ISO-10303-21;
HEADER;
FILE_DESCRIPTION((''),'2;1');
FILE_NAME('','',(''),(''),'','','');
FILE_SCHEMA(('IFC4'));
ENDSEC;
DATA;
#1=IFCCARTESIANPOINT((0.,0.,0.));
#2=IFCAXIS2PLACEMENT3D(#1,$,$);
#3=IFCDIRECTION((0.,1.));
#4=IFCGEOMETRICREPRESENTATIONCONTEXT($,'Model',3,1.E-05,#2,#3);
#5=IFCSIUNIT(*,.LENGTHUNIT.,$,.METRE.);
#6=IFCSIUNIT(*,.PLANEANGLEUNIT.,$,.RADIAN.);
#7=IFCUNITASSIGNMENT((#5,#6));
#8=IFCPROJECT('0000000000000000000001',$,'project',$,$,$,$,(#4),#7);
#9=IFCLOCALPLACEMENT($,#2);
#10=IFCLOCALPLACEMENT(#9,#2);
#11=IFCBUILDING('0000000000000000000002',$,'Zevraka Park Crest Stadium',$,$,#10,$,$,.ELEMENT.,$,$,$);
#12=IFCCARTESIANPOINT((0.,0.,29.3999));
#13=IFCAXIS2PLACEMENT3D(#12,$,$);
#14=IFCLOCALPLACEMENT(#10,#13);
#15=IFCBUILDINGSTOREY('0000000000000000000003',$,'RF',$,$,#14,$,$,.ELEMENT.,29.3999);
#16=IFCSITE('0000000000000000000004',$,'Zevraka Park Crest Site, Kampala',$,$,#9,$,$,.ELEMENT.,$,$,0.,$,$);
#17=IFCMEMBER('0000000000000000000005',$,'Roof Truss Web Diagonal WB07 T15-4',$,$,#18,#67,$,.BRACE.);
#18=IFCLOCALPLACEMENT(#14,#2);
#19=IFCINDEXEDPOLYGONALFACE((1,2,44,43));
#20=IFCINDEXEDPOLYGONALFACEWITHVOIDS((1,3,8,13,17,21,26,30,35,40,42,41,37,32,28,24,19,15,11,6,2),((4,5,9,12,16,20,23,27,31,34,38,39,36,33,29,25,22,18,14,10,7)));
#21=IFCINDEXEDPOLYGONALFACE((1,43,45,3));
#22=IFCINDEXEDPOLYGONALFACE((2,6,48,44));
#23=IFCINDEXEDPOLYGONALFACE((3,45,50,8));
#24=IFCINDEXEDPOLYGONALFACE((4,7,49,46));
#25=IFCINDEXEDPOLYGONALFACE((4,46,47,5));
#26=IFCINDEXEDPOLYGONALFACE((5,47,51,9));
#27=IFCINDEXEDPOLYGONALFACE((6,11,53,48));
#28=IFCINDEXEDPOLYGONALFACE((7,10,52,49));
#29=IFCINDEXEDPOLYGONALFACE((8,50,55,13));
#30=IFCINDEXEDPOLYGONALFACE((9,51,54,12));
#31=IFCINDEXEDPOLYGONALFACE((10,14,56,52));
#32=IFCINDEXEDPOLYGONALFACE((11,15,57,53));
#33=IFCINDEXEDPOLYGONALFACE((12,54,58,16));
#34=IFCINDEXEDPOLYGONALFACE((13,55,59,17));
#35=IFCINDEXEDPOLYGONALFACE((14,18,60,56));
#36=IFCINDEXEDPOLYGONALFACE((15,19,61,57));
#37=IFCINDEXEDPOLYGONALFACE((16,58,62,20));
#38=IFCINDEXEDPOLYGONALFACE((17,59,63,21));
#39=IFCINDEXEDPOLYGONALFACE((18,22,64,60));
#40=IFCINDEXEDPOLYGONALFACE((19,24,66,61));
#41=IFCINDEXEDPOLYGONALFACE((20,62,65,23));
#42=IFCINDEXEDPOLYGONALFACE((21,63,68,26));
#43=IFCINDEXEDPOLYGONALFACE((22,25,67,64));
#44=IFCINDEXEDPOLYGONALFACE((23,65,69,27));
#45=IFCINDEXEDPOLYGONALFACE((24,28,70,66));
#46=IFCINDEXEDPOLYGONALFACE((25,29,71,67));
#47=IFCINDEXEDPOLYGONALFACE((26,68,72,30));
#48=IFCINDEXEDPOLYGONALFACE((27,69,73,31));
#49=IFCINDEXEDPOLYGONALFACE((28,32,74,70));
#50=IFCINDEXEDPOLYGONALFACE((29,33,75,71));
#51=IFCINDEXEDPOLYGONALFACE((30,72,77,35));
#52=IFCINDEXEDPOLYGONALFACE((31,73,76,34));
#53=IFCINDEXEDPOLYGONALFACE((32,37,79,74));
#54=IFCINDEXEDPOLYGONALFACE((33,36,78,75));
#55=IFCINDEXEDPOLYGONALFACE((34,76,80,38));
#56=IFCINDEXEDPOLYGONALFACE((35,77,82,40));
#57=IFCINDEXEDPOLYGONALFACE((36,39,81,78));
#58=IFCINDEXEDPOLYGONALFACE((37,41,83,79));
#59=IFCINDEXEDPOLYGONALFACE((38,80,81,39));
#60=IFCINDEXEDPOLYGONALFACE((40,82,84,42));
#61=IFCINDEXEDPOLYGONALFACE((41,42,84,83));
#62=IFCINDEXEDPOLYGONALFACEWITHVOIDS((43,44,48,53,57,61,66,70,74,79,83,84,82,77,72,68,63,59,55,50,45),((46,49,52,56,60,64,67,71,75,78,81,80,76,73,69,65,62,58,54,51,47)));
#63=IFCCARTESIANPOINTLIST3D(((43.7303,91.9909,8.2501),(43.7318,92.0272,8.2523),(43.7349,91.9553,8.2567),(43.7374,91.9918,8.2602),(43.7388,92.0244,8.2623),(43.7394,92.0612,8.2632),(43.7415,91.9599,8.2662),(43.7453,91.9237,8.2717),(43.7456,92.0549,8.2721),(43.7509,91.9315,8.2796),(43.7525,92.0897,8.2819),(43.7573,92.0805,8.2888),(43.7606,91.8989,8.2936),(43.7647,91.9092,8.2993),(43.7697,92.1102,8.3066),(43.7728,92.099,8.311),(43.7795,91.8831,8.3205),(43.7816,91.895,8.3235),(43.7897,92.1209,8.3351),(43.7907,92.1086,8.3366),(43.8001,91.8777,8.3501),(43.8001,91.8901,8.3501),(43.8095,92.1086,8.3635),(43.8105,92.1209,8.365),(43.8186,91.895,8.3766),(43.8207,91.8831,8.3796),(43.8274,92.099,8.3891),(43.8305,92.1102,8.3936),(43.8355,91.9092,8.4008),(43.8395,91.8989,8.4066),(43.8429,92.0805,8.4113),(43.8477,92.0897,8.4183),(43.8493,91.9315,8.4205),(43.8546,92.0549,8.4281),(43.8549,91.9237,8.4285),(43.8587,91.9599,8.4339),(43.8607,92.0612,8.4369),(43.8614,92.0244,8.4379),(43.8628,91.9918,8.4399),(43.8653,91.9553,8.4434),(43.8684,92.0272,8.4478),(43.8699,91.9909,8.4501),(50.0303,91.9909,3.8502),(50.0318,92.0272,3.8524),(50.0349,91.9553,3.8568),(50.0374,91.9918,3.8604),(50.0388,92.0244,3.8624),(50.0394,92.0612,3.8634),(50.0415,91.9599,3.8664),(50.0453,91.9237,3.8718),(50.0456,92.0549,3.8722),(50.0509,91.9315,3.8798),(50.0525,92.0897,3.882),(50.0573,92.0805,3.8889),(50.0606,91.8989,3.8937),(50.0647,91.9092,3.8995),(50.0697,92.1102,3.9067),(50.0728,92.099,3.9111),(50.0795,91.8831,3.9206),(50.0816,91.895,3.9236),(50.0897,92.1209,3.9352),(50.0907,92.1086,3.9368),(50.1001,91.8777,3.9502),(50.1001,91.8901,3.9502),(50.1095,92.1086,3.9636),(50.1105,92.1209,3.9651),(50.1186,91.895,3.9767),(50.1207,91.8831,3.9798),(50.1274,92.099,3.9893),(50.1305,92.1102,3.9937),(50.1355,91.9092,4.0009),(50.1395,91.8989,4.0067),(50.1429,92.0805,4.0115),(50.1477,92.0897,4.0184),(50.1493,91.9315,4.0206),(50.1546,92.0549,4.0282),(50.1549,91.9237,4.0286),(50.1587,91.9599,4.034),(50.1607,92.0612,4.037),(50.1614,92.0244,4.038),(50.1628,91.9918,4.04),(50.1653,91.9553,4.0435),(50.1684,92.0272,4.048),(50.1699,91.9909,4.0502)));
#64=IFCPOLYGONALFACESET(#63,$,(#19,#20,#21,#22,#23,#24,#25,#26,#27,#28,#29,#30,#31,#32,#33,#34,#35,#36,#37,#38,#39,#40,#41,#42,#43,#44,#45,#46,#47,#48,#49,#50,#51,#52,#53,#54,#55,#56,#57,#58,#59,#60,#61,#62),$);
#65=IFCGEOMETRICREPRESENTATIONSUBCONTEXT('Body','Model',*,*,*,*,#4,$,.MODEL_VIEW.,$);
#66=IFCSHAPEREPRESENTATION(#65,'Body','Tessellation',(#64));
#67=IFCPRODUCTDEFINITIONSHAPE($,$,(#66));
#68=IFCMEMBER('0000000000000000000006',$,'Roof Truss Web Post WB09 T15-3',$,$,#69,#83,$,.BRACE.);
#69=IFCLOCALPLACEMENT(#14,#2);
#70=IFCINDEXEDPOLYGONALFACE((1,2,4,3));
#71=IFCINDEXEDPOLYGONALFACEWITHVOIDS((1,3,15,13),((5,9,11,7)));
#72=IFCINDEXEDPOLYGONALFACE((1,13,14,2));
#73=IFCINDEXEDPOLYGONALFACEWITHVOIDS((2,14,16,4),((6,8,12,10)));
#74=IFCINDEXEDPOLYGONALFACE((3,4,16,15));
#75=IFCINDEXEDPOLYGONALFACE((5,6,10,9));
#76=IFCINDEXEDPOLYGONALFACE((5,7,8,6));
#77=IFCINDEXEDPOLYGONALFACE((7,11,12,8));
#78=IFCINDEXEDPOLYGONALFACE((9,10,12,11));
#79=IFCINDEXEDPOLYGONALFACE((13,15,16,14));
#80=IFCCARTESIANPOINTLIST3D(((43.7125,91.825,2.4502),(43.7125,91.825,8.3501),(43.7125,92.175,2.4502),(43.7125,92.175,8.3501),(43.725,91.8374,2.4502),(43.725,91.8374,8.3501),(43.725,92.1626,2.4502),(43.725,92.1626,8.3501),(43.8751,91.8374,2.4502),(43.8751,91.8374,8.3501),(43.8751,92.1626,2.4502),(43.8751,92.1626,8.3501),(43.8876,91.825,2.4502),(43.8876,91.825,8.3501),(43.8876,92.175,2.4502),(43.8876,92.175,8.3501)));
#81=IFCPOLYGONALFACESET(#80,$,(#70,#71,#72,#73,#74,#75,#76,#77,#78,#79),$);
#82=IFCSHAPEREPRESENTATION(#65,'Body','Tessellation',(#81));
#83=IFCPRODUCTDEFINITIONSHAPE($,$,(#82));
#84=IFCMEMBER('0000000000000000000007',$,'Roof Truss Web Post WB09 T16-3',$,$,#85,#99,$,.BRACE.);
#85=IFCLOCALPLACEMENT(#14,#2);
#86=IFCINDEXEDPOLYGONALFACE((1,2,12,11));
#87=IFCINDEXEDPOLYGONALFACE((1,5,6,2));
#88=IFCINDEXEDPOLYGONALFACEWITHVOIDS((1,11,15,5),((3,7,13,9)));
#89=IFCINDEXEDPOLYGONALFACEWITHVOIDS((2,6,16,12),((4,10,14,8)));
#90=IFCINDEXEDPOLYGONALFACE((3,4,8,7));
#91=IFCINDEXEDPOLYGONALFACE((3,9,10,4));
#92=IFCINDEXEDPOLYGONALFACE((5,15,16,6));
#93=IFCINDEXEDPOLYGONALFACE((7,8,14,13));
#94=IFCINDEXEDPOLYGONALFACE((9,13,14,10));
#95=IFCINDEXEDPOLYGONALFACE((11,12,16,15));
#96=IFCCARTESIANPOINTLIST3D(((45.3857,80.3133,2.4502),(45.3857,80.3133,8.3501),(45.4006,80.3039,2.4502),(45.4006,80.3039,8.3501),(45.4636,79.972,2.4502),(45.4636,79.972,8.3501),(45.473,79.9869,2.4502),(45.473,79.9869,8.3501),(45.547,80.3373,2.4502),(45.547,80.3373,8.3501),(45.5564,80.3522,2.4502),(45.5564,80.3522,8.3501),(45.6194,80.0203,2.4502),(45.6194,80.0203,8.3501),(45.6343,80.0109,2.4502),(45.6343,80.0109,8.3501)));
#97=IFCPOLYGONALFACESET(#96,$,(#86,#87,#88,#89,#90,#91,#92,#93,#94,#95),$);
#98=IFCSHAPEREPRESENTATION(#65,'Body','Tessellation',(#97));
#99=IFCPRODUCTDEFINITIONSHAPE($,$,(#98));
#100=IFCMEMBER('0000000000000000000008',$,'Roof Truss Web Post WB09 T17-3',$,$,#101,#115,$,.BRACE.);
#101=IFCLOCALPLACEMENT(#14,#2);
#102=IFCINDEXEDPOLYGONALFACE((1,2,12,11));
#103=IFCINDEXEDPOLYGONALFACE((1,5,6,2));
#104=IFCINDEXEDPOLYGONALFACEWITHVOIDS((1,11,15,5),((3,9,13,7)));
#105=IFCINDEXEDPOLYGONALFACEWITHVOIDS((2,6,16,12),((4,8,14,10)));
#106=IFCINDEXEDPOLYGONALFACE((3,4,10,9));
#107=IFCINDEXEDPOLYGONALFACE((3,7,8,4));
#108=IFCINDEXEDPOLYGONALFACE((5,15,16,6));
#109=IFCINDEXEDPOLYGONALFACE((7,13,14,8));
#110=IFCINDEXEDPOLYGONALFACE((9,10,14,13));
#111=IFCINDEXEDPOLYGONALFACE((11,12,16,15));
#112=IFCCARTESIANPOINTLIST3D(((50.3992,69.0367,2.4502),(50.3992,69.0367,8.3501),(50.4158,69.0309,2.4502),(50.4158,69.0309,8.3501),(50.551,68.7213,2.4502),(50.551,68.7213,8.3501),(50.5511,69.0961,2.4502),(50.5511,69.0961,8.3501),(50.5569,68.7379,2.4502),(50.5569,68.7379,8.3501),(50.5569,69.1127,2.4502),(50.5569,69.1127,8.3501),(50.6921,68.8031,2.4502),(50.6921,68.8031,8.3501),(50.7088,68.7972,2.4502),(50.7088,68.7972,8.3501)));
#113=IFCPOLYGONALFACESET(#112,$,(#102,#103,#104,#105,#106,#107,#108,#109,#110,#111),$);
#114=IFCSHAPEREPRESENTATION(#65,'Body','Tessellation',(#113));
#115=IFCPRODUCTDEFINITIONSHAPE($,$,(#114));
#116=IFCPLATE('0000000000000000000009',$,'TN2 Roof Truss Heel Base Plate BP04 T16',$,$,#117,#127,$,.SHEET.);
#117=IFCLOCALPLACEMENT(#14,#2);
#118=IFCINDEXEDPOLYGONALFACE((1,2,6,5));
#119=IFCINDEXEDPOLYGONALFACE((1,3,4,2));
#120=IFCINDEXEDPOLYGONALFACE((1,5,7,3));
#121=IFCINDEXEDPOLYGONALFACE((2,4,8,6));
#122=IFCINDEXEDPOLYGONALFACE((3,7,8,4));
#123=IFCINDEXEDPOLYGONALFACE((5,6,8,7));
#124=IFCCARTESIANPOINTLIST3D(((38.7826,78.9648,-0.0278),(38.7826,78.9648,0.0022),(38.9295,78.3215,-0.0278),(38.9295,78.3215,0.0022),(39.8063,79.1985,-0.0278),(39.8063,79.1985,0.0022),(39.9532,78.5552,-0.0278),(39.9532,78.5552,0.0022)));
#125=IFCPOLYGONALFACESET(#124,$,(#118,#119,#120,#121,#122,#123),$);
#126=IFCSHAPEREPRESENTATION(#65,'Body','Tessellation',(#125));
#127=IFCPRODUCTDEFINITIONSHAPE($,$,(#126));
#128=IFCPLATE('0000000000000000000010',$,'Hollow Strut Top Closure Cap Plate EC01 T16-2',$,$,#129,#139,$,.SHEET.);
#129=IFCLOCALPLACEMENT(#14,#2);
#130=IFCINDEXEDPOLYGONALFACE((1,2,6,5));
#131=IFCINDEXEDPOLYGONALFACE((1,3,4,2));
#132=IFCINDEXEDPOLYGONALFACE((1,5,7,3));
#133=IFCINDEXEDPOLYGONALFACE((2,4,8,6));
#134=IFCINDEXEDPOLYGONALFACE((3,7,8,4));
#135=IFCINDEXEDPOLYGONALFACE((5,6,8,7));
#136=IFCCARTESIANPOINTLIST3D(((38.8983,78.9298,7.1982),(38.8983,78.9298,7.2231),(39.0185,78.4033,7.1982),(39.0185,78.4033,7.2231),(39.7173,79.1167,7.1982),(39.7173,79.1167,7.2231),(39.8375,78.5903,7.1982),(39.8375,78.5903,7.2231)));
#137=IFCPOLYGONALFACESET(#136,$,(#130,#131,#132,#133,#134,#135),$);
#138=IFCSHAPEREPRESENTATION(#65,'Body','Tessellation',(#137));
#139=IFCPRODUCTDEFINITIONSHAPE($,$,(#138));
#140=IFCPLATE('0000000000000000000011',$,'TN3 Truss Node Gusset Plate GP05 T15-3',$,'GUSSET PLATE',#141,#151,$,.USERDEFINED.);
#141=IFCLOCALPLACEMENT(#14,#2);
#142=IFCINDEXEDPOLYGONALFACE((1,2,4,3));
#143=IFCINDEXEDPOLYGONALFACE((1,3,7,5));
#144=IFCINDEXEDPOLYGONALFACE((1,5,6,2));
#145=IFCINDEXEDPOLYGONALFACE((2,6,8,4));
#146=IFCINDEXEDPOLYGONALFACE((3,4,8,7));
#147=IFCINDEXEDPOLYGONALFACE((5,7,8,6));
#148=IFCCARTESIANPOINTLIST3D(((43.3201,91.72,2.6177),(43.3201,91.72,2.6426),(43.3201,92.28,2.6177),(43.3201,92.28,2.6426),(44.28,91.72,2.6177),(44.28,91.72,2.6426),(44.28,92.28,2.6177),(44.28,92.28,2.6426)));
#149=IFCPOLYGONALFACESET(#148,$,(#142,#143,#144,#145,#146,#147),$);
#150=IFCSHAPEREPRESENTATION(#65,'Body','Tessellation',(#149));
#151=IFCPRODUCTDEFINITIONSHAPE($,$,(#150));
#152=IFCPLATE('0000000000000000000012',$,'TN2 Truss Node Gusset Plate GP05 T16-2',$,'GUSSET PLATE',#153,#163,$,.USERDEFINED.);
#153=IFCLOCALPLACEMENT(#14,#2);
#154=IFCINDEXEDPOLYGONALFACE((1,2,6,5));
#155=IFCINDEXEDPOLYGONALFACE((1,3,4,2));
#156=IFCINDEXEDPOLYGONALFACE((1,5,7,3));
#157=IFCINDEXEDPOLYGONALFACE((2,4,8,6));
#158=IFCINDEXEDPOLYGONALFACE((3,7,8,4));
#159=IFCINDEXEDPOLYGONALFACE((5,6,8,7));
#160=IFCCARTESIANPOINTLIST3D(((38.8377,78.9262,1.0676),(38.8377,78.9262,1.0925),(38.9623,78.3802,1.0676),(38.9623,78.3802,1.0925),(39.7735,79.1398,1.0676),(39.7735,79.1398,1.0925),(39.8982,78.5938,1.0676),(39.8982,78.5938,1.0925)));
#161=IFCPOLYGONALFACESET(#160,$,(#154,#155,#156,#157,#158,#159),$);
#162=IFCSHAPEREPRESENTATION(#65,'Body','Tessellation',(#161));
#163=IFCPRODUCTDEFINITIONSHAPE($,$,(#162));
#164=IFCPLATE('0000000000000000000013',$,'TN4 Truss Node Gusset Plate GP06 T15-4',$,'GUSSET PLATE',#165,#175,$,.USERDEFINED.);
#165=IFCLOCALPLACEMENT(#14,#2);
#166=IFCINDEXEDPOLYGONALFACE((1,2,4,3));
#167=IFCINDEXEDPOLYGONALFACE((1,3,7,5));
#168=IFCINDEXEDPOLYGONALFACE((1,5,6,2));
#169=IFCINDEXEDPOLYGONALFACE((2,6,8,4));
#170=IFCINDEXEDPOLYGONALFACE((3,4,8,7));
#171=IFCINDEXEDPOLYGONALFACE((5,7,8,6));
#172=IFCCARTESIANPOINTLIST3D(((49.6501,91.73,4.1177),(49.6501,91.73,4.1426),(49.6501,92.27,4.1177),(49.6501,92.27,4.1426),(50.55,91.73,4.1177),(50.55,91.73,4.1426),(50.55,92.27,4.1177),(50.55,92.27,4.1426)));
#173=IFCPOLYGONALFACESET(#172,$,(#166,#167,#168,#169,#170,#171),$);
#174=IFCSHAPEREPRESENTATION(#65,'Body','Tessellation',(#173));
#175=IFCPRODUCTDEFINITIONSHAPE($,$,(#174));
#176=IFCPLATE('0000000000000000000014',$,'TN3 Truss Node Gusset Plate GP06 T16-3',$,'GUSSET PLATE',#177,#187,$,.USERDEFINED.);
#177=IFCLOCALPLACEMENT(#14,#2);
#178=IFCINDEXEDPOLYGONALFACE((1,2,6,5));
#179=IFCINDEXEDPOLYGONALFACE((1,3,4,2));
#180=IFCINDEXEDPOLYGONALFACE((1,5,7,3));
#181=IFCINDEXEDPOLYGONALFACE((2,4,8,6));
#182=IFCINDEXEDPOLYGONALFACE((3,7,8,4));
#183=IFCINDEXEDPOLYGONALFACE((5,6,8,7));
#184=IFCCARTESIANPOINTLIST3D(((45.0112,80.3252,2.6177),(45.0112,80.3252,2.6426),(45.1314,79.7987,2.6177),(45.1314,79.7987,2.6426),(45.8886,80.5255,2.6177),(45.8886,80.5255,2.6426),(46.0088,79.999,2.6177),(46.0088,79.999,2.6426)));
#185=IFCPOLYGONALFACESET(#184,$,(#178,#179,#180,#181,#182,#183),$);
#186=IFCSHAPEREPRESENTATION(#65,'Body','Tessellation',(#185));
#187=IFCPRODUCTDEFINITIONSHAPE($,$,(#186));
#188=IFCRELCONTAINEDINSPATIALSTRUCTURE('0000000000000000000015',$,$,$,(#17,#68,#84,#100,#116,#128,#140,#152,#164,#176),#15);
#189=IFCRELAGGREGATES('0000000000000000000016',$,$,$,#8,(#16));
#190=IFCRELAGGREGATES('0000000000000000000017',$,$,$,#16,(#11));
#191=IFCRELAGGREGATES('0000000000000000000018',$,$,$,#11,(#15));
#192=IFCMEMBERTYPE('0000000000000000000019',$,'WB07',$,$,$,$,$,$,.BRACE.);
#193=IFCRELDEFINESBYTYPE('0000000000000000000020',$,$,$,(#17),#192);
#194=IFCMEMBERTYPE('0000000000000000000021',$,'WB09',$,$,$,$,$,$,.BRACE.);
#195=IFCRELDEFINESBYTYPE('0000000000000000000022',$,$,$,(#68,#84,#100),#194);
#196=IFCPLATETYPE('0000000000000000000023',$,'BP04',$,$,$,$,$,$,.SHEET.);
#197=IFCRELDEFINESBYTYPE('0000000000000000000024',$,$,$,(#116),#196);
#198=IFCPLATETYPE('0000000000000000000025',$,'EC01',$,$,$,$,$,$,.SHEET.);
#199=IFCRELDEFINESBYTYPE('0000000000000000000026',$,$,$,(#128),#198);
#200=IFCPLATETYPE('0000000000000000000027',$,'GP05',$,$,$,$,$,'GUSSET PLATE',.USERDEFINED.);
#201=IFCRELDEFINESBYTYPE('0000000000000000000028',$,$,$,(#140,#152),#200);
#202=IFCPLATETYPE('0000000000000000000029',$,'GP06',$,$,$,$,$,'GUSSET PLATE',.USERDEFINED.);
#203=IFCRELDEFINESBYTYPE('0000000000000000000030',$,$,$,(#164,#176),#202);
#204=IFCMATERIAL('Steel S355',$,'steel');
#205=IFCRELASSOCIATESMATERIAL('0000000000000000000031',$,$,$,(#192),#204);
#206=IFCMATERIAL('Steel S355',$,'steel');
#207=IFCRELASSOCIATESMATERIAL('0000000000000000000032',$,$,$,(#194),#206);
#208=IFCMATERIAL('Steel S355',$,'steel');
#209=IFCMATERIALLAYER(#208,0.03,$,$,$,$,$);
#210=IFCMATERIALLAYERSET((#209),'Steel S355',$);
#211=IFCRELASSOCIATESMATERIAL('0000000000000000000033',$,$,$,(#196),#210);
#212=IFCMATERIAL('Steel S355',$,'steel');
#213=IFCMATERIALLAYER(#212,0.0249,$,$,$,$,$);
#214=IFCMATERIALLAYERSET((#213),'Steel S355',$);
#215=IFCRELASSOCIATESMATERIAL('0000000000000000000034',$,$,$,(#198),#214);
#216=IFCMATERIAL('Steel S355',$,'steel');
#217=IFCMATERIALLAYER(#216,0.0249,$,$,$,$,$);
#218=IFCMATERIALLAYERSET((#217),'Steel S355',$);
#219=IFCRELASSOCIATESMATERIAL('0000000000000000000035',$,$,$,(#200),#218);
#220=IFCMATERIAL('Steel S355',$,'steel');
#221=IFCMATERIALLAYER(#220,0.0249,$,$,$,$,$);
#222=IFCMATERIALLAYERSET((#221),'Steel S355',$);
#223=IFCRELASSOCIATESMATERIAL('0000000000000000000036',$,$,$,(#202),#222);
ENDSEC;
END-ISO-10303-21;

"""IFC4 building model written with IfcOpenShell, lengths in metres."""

from ifc_helpers import new_model, si_unit, direction, frame, origin, origin_2d, place, context, subcontext, project, spatial, rectangle, hollow_rectangle, hollow_circle, extrude, material, layer, layer_set, material_profile, profile_set, type_object, element, save


model = new_model("IFC4")

# Units and contexts
model_context = context("Model", 3, precision=1e-05, world=origin(), true_north=direction((0.0, 1.0)))
body_context = subcontext(model_context, "Body", "Model", "MODEL_VIEW")
ifc_project = project(units=[si_unit("LENGTHUNIT", "METRE"), si_unit("PLANEANGLEUNIT", "RADIAN")], contexts=[model_context])

# Site, building, storey
site_placement = place(None, origin())
site = spatial("IfcSite", under=ifc_project, at=site_placement, Name="Zevraka Park Crest Site, Kampala", CompositionType="ELEMENT", RefElevation=0.0)
building_placement = place(site_placement, origin())
building = spatial("IfcBuilding", under=site, at=building_placement, Name="Zevraka Park Crest Stadium", CompositionType="ELEMENT")
storey_placement = place(building_placement, frame((0.0, 0.0, 29.3999)))
storey = spatial("IfcBuildingStorey", under=building, at=storey_placement, Name="RF", CompositionType="ELEMENT", Elevation=29.3999)

# Members
ifc_material_1 = material(Name="Steel S355", Category="steel")
ifc_material_profile_1 = material_profile(ifc_material_1, hollow_circle(Radius=0.1223, WallThickness=0.0125, at=origin_2d()), Name="CHS 244.5x12.5")
ifc_profile_set_1 = profile_set([ifc_material_profile_1], Name="Steel S355")
member_type_1 = type_object("IfcMemberType", Name="WB07", PredefinedType="BRACE", material=ifc_profile_set_1)
member_1_placement = place(storey_placement, frame((50.1001, 92.0, 3.9502), z_axis=(-0.819851, 0.0, 0.572577), x_axis=(0.0, -1.0, 0.0)))
element("IfcMember", 1, at=member_1_placement, inside=storey, type_object=member_type_1, Name="Roof Truss Web Diagonal WB07 T15-4", PredefinedType="BRACE", context=body_context, shape_type="SweptSolid", body=[
    extrude(hollow_circle(Radius=0.1223, WallThickness=0.0125, at=origin_2d()), origin(), (0.0, 0.0, 1.0), 7.6843),
])
ifc_material_2 = material(Name="Steel S355", Category="steel")
ifc_material_profile_2 = material_profile(ifc_material_2, hollow_rectangle(XDim=0.175, YDim=0.3501, WallThickness=0.0125, at=origin_2d()), Name="RHS 350x175x12.5")
ifc_profile_set_2 = profile_set([ifc_material_profile_2], Name="Steel S355")
member_type_2 = type_object("IfcMemberType", Name="WB09", PredefinedType="BRACE", material=ifc_profile_set_2)
for number, where, z_axis, x_axis, name in (
    (2, (43.8, 92.0, 2.4502), (0.0, 0.0, 1.0), (1.0, 0.0, 0.0), "Roof Truss Web Post WB09 T15-3"),
    (3, (45.51, 80.1621, 2.4502), (0.0, 0.0, 1.0), (0.974917, 0.22257, 0.0), "Roof Truss Web Post WB09 T16-3"),
    (4, (50.554, 68.917, 2.4502), (0.0, 0.0, 1.0), (0.901001, 0.433816, 0.0), "Roof Truss Web Post WB09 T17-3"),
):
    element("IfcMember", number, at=place(storey_placement, frame(where, z_axis=z_axis, x_axis=x_axis)), inside=storey, type_object=member_type_2, Name=name, PredefinedType="BRACE", context=body_context, shape_type="SweptSolid", body=[
        extrude(hollow_rectangle(XDim=0.175, YDim=0.3501, WallThickness=0.0125, at=origin_2d()), origin(), (0.0, 0.0, 1.0), 5.8999),
    ])

# Plates
ifc_material_3 = material(Name="Steel S355", Category="steel")
ifc_layer_1 = layer(ifc_material_3, 0.03)
ifc_layer_set_1 = layer_set([ifc_layer_1], Name="Steel S355")
plate_type_1 = type_object("IfcPlateType", Name="BP04", PredefinedType="SHEET", material=ifc_layer_set_1)
plate_1_placement = place(storey_placement, frame((39.3679, 78.76, -0.0278), z_axis=(0.0, 0.0, 1.0), x_axis=(0.974917, 0.22257, 0.0)))
element("IfcPlate", 5, at=plate_1_placement, inside=storey, type_object=plate_type_1, Name="TN2 Roof Truss Heel Base Plate BP04 T16", PredefinedType="SHEET", context=body_context, shape_type="SweptSolid", body=[
    extrude(rectangle(XDim=1.05, YDim=0.6599, at=origin_2d()), origin(), (0.0, 0.0, 1.0), 0.03),
])
ifc_material_4 = material(Name="Steel S355", Category="steel")
ifc_layer_2 = layer(ifc_material_4, 0.0249)
ifc_layer_set_2 = layer_set([ifc_layer_2], Name="Steel S355")
plate_type_2 = type_object("IfcPlateType", Name="EC01", PredefinedType="SHEET", material=ifc_layer_set_2)
plate_2_placement = place(storey_placement, frame((39.3679, 78.76, 7.1982), z_axis=(0.0, 0.0, 1.0), x_axis=(0.974917, 0.22257, 0.0)))
element("IfcPlate", 6, at=plate_2_placement, inside=storey, type_object=plate_type_2, Name="Hollow Strut Top Closure Cap Plate EC01 T16-2", PredefinedType="SHEET", context=body_context, shape_type="SweptSolid", body=[
    extrude(rectangle(XDim=0.8401, YDim=0.54, at=origin_2d()), origin(), (0.0, 0.0, 1.0), 0.0249),
])
ifc_material_5 = material(Name="Steel S355", Category="steel")
ifc_layer_3 = layer(ifc_material_5, 0.0249)
ifc_layer_set_3 = layer_set([ifc_layer_3], Name="Steel S355")
plate_type_3 = type_object("IfcPlateType", Name="GP05", ElementType="GUSSET PLATE", PredefinedType="USERDEFINED", material=ifc_layer_set_3)
for number, where, z_axis, x_axis, name in (
    (7, (43.8, 92.0, 2.6177), (0.0, 0.0, 1.0), (1.0, 0.0, 0.0), "TN3 Truss Node Gusset Plate GP05 T15-3"),
    (8, (39.3679, 78.76, 1.0676), (0.0, 0.0, 1.0), (0.974917, 0.22257, 0.0), "TN2 Truss Node Gusset Plate GP05 T16-2"),
):
    element("IfcPlate", number, at=place(storey_placement, frame(where, z_axis=z_axis, x_axis=x_axis)), inside=storey, type_object=plate_type_3, Name=name, ObjectType="GUSSET PLATE", PredefinedType="USERDEFINED", context=body_context, shape_type="SweptSolid", body=[
        extrude(rectangle(XDim=0.96, YDim=0.5601, at=origin_2d()), origin(), (0.0, 0.0, 1.0), 0.0249),
    ])
ifc_material_6 = material(Name="Steel S355", Category="steel")
ifc_layer_4 = layer(ifc_material_6, 0.0249)
ifc_layer_set_4 = layer_set([ifc_layer_4], Name="Steel S355")
plate_type_4 = type_object("IfcPlateType", Name="GP06", ElementType="GUSSET PLATE", PredefinedType="USERDEFINED", material=ifc_layer_set_4)
for number, where, z_axis, x_axis, name in (
    (9, (50.1001, 92.0, 4.1177), (0.0, 0.0, 1.0), (1.0, 0.0, 0.0), "TN4 Truss Node Gusset Plate GP06 T15-4"),
    (10, (45.51, 80.1621, 2.6177), (0.0, 0.0, 1.0), (0.974917, 0.22257, 0.0), "TN3 Truss Node Gusset Plate GP06 T16-3"),
):
    element("IfcPlate", number, at=place(storey_placement, frame(where, z_axis=z_axis, x_axis=x_axis)), inside=storey, type_object=plate_type_4, Name=name, ObjectType="GUSSET PLATE", PredefinedType="USERDEFINED", context=body_context, shape_type="SweptSolid", body=[
        extrude(rectangle(XDim=0.8999, YDim=0.54, at=origin_2d()), origin(), (0.0, 0.0, 1.0), 0.0249),
    ])

save(model, "model.ifc")
